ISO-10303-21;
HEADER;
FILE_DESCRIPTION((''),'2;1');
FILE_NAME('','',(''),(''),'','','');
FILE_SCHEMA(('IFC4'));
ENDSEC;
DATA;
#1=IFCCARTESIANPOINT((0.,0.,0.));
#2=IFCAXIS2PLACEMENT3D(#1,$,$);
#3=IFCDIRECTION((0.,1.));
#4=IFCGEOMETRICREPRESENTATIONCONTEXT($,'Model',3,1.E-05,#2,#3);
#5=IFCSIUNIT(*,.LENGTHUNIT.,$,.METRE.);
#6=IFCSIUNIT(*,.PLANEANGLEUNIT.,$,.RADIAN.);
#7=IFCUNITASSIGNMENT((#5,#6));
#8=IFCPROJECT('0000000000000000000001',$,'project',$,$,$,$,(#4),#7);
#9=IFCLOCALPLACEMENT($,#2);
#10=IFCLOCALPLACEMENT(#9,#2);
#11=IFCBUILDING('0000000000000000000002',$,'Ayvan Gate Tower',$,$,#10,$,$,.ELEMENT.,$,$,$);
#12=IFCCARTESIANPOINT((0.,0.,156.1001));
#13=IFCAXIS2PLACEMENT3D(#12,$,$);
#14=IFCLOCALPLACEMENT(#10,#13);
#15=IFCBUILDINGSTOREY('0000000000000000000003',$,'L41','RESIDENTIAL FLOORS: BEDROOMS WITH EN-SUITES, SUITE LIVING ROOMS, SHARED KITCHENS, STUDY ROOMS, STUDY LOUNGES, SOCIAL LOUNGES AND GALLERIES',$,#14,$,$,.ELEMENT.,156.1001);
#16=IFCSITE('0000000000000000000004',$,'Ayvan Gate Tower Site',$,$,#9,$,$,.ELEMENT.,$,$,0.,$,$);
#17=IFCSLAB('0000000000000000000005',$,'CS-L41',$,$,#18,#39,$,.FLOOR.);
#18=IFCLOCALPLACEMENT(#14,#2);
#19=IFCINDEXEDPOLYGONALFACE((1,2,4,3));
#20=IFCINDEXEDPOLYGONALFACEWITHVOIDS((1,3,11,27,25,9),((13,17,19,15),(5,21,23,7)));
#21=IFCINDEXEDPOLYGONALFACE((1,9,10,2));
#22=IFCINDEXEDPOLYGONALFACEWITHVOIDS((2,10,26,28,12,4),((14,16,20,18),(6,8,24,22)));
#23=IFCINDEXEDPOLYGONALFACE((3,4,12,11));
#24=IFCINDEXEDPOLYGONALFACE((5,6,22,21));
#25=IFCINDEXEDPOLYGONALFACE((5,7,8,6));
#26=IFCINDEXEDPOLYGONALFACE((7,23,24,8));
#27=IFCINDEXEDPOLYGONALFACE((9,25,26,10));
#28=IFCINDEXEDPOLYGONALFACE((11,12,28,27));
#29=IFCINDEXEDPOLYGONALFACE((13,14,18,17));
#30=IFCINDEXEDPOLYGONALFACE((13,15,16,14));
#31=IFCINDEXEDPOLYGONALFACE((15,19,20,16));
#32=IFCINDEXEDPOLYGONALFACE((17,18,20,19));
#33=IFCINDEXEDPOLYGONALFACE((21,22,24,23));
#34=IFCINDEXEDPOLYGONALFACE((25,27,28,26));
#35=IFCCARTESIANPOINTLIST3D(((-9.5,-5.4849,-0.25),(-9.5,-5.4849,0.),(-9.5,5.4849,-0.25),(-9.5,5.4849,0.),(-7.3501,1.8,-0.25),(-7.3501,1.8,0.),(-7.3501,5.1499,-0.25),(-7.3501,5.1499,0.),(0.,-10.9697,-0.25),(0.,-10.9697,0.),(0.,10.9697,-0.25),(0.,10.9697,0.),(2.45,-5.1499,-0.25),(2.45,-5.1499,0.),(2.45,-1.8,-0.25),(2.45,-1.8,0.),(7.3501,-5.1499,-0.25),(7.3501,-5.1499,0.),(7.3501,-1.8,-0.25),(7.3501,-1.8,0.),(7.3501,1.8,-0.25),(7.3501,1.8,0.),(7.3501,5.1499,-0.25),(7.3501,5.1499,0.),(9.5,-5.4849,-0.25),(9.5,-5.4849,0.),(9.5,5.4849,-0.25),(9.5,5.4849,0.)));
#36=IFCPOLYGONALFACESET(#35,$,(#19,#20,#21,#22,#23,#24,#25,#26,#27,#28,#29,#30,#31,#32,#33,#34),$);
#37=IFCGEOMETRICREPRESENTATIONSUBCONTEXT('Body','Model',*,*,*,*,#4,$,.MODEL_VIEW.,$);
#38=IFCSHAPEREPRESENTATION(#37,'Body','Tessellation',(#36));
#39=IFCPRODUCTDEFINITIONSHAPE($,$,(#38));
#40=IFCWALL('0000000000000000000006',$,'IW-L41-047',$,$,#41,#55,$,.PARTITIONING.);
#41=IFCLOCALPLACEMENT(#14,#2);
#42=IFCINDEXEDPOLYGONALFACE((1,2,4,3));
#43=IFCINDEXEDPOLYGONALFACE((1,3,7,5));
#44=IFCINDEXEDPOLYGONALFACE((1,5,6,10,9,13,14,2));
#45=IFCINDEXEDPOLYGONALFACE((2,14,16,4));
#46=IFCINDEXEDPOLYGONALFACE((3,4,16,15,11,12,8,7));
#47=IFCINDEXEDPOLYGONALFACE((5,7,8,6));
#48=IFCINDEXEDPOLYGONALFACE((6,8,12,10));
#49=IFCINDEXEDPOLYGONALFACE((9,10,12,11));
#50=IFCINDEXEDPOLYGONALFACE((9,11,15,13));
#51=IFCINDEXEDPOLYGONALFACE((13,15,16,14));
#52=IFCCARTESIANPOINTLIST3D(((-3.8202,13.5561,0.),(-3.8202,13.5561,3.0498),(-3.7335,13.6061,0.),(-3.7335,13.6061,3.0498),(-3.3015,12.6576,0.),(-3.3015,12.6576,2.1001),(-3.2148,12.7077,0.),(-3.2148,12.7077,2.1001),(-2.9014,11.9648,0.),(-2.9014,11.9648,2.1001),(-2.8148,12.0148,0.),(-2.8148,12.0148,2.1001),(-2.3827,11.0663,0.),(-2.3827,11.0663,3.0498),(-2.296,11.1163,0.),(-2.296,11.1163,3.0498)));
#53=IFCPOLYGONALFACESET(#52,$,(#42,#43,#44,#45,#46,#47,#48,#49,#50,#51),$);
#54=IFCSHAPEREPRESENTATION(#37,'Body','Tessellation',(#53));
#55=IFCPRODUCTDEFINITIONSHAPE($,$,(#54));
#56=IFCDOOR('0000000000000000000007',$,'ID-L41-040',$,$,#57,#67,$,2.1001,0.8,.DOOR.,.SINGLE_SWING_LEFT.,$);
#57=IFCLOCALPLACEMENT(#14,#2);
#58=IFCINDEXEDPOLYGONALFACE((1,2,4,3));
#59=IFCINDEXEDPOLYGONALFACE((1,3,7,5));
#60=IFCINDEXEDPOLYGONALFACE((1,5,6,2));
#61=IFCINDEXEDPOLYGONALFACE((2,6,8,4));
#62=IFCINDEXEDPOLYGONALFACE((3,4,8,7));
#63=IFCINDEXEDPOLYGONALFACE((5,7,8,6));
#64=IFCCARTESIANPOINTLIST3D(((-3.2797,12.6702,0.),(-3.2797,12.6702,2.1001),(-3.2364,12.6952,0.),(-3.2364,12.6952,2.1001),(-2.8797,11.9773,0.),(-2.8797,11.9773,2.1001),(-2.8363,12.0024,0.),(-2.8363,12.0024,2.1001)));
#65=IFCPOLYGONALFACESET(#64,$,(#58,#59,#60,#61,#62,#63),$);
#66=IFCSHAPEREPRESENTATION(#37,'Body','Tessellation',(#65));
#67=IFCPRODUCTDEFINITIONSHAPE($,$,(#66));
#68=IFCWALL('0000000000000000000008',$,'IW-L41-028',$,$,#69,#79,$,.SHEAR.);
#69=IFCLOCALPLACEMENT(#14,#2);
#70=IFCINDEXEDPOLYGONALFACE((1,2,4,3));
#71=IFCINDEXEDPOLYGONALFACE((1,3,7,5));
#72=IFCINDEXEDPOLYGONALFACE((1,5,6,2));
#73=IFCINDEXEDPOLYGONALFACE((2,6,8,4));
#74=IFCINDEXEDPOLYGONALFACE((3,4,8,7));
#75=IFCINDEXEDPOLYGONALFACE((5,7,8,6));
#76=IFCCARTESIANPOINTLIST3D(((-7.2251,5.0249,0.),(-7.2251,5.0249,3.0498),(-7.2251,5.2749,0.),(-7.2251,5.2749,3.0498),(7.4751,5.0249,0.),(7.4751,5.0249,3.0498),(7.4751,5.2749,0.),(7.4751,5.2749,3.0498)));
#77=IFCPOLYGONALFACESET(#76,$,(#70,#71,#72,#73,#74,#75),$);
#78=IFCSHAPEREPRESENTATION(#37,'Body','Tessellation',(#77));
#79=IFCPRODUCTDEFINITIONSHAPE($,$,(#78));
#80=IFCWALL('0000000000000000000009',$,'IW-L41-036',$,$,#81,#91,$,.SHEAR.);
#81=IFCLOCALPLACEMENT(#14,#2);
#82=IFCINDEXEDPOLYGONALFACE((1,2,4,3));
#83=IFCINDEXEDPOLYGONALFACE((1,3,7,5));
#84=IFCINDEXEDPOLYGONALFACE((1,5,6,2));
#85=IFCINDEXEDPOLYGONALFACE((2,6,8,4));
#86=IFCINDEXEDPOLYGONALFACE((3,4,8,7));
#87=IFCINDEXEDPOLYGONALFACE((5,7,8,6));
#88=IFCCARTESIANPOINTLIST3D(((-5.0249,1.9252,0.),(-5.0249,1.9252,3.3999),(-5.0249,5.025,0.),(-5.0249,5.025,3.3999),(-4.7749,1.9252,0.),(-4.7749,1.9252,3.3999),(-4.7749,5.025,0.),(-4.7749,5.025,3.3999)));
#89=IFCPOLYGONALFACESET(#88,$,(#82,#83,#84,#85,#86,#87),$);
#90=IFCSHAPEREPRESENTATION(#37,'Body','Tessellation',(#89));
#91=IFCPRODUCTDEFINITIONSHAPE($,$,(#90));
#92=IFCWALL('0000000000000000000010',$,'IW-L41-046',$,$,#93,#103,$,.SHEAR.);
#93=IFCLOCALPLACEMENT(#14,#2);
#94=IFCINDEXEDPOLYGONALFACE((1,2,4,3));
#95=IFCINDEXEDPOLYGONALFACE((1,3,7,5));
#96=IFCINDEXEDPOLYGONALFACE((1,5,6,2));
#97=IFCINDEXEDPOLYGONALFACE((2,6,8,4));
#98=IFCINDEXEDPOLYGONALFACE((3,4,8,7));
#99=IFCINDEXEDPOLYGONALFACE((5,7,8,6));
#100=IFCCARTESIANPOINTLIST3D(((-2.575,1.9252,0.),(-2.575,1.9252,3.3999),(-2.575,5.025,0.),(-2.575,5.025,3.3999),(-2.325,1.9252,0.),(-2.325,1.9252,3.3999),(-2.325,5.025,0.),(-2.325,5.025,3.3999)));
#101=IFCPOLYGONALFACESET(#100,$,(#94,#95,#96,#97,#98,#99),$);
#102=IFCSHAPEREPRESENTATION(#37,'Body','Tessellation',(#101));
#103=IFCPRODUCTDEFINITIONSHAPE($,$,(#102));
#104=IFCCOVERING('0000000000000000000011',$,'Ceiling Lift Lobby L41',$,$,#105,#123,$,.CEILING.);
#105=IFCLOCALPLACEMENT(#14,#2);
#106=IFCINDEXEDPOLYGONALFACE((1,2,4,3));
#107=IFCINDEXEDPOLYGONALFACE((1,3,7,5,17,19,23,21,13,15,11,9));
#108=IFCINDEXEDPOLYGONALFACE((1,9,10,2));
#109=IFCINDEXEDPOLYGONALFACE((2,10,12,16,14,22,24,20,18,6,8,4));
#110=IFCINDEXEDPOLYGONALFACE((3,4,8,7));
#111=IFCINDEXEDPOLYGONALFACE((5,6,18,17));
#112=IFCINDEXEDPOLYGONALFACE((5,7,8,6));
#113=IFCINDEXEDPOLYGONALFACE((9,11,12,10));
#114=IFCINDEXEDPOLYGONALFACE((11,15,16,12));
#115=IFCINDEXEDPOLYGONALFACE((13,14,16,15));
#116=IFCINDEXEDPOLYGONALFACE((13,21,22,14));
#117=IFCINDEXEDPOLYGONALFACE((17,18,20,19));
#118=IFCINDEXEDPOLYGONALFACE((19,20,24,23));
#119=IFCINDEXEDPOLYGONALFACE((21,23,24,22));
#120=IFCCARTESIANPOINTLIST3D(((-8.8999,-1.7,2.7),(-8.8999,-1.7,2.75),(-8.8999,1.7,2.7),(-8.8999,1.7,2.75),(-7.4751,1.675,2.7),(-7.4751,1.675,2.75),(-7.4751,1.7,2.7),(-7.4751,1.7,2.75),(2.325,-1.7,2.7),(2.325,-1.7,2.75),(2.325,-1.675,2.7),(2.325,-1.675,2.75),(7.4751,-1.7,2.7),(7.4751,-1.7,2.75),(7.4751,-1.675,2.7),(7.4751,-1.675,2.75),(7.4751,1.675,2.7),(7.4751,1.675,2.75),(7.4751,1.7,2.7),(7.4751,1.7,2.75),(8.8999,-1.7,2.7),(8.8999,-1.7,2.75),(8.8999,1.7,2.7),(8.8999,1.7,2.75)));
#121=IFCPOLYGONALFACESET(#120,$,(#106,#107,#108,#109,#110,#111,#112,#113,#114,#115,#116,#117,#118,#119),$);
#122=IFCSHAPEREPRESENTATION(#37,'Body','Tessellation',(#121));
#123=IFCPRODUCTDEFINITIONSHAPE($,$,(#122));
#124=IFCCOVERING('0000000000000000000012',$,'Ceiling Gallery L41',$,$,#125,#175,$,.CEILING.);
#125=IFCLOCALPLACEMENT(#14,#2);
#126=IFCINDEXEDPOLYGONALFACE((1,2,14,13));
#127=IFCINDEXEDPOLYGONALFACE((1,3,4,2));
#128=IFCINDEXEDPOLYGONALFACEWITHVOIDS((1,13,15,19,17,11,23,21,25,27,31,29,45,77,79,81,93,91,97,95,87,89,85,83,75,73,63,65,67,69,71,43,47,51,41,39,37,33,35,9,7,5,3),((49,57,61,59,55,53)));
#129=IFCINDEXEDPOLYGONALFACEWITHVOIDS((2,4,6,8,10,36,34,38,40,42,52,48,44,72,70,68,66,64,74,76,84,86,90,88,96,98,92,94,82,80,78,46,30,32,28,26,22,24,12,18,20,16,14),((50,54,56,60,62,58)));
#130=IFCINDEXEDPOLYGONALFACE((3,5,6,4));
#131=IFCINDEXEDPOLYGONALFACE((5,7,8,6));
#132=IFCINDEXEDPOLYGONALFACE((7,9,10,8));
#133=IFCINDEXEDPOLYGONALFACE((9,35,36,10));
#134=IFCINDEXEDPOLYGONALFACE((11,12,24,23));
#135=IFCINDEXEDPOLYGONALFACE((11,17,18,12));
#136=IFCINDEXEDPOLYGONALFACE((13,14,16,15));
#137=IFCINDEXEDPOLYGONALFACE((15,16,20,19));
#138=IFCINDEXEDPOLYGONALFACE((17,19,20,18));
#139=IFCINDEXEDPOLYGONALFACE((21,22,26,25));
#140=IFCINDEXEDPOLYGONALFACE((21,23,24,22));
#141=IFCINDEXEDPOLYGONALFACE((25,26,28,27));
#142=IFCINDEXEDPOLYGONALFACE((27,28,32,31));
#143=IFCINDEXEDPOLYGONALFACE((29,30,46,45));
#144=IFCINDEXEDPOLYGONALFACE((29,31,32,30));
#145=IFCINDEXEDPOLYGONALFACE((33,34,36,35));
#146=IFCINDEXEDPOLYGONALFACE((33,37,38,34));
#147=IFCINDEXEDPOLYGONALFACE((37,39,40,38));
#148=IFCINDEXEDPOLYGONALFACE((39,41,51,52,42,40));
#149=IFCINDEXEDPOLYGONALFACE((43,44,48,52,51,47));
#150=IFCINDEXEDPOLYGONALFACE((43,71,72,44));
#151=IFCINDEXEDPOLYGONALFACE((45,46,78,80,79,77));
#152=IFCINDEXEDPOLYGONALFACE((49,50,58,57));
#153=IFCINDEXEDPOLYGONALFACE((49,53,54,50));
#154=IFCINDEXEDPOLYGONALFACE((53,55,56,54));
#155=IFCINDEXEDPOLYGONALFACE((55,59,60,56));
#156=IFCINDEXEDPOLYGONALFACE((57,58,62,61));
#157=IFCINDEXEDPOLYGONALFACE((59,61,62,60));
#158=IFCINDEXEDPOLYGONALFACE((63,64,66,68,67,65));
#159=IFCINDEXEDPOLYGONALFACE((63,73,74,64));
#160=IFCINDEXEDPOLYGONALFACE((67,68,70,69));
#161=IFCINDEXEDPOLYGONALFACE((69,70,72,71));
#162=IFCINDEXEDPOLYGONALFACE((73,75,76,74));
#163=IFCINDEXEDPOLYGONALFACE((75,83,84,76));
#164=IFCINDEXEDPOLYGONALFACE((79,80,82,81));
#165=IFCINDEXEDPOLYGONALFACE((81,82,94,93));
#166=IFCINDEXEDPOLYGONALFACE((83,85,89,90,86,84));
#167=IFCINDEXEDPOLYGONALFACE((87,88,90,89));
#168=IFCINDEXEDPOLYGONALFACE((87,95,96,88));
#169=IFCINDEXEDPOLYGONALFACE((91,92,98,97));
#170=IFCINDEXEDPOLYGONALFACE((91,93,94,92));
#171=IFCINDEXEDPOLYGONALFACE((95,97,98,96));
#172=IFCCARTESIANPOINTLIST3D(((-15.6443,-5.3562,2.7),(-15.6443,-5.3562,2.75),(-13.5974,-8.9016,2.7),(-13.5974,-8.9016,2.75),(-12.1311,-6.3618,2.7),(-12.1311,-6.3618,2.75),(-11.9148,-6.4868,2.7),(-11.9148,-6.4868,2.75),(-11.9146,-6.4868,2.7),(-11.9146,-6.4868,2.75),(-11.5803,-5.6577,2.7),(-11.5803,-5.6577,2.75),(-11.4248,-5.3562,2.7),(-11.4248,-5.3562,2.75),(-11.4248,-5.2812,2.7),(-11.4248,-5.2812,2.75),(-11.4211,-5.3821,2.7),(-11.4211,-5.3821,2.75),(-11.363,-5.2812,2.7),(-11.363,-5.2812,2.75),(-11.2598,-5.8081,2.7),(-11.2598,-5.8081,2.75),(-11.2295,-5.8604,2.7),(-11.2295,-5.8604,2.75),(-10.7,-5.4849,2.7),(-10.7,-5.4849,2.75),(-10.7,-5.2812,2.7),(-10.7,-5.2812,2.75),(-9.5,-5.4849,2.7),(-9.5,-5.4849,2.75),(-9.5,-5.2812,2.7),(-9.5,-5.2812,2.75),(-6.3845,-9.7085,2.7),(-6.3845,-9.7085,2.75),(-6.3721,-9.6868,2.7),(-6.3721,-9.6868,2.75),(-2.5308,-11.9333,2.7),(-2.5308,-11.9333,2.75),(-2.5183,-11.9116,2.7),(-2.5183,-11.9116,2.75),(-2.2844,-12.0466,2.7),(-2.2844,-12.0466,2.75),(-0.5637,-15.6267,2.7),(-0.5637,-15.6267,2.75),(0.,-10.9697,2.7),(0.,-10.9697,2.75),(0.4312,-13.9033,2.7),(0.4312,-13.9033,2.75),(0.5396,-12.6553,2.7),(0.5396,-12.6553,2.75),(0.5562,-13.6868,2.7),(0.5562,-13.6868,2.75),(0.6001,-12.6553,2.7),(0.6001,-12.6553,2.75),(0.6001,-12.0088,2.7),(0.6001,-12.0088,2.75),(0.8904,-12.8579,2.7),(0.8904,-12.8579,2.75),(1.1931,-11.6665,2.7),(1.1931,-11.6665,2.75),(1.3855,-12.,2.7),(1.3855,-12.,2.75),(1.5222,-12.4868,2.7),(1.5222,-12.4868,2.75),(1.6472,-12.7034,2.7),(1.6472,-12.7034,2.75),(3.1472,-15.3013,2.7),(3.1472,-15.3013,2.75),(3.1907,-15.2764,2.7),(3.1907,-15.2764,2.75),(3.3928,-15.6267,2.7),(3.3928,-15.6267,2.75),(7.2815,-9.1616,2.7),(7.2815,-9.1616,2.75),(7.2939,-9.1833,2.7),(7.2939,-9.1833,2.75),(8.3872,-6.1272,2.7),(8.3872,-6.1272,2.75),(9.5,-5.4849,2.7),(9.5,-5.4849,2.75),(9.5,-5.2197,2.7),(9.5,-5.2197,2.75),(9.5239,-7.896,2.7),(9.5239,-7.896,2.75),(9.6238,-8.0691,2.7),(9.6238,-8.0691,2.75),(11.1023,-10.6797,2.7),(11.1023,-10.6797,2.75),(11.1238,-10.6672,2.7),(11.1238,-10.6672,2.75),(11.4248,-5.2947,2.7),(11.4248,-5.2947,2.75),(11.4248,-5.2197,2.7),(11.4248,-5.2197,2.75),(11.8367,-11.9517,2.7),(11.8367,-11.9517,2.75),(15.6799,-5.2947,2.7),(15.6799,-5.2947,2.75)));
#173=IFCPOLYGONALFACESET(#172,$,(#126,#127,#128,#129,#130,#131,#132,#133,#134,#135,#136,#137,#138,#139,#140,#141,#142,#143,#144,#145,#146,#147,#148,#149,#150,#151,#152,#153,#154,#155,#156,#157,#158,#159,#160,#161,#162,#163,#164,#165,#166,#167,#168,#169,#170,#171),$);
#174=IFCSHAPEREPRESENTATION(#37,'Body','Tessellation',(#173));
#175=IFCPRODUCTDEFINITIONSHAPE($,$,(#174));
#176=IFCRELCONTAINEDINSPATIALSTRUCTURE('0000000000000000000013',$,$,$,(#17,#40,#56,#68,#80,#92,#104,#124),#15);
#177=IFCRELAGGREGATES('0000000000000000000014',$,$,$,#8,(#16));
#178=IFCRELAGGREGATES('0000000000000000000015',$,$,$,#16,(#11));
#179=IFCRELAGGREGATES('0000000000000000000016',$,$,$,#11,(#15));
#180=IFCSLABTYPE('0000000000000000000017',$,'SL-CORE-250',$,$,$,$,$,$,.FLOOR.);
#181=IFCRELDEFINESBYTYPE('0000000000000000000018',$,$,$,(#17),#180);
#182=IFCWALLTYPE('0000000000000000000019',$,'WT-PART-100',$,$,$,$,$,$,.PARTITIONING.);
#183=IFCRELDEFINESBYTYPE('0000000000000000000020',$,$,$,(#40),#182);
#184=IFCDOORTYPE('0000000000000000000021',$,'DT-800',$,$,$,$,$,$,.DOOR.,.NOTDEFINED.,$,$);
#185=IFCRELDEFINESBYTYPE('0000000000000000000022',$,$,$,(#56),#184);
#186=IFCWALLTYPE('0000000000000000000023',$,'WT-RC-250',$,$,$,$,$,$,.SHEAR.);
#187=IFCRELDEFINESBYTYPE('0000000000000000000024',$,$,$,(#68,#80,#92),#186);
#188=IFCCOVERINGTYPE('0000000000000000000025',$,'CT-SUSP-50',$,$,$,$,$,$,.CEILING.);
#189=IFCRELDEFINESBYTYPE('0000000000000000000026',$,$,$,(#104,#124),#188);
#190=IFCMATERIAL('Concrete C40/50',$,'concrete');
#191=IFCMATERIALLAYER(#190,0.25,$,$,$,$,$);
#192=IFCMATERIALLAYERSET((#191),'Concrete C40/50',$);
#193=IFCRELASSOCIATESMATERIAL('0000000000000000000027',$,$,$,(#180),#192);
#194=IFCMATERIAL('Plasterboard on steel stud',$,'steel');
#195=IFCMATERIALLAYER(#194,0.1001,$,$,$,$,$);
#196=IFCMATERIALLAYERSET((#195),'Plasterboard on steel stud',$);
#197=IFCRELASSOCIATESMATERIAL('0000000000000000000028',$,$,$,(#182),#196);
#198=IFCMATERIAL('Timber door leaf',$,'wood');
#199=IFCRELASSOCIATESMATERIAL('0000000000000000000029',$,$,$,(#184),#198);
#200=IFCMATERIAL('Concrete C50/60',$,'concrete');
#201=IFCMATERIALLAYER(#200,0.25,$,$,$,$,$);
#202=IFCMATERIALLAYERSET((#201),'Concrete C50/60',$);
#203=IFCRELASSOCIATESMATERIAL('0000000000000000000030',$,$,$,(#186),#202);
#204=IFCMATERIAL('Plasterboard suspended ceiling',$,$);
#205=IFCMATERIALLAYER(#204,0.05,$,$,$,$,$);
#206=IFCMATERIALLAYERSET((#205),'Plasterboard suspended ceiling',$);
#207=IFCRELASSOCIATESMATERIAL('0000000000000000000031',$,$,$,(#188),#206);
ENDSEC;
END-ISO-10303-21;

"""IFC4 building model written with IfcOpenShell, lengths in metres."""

from ifc_helpers import new_model, si_unit, direction, frame, frame_2d, origin, place, context, subcontext, project, spatial, polyline, rectangle, outline, extrude, material, layer, layer_set, type_object, element, fill, save


model = new_model("IFC4")

# Units and contexts
model_context = context("Model", 3, precision=1e-05, world=origin(), true_north=direction((0.0, 1.0)))
body_context = subcontext(model_context, "Body", "Model", "MODEL_VIEW")
ifc_project = project(units=[si_unit("LENGTHUNIT", "METRE"), si_unit("PLANEANGLEUNIT", "RADIAN")], contexts=[model_context])

# Site, building, storey
site_placement = place(None, origin())
site = spatial("IfcSite", under=ifc_project, at=site_placement, Name="Ayvan Gate Tower Site", CompositionType="ELEMENT", RefElevation=0.0)
building_placement = place(site_placement, origin())
building = spatial("IfcBuilding", under=site, at=building_placement, Name="Ayvan Gate Tower", CompositionType="ELEMENT")
storey_placement = place(building_placement, frame((0.0, 0.0, 156.1001)))
storey = spatial("IfcBuildingStorey", under=building, at=storey_placement, Name="L41", Description="RESIDENTIAL FLOORS: BEDROOMS WITH EN-SUITES, SUITE LIVING ROOMS, SHARED KITCHENS, STUDY ROOMS, STUDY LOUNGES, SOCIAL LOUNGES AND GALLERIES", CompositionType="ELEMENT", Elevation=156.1001)

# Slab
ifc_material_1 = material(Name="Concrete C40/50", Category="concrete")
ifc_layer_1 = layer(ifc_material_1, 0.25)
ifc_layer_set_1 = layer_set([ifc_layer_1], Name="Concrete C40/50")
slab_type = type_object("IfcSlabType", Name="SL-CORE-250", PredefinedType="FLOOR", material=ifc_layer_set_1)
slab_placement = place(storey_placement, frame((0.0, 0.0, -0.25)))
element("IfcSlab", 1, at=slab_placement, inside=storey, type_object=slab_type, Name="CS-L41", PredefinedType="FLOOR", context=body_context, shape_type="SweptSolid", body=[
    extrude(outline(polyline([(9.5, -5.4849), (0.0, -10.9697), (-9.5, -5.4849), (-9.5, 5.4849), (0.0, 10.9697), (9.5, 5.4849), (9.5, -5.4849)]), holes=[polyline([(-7.3501, 5.1499), (-7.3501, 1.8), (7.3501, 1.8), (7.3501, 5.1499), (-7.3501, 5.1499)]), polyline([(2.45, -1.8), (2.45, -5.1499), (7.3501, -5.1499), (7.3501, -1.8), (2.45, -1.8)])]), origin(), (0.0, 0.0, 1.0), 0.25),
])

# Wall, opening, door
ifc_material_2 = material(Name="Plasterboard on steel stud", Category="steel")
ifc_layer_2 = layer(ifc_material_2, 0.1001)
ifc_layer_set_2 = layer_set([ifc_layer_2], Name="Plasterboard on steel stud")
wall_type_1 = type_object("IfcWallType", Name="WT-PART-100", PredefinedType="PARTITIONING", material=ifc_layer_set_2)
wall_1_placement = place(storey_placement, frame((-2.3394, 11.0913, 0.0), z_axis=(0.0, 0.0, 1.0), x_axis=(-0.500012, 0.866019, 0.0)))
wall_1 = element("IfcWall", 2, at=wall_1_placement, inside=storey, type_object=wall_type_1, Name="IW-L41-047", PredefinedType="PARTITIONING", context=body_context, shape_type="SweptSolid", body=[
    extrude(rectangle(XDim=2.875, YDim=0.1001, at=frame_2d((1.4375, 0.0))), origin(), (0.0, 0.0, 1.0), 3.0498),
])
opening_placement = place(wall_1_placement, frame((1.0376, 0.0, 0.0)))
opening = element("IfcOpeningElement", 3, at=opening_placement, cuts=wall_1, PredefinedType="OPENING", context=body_context, shape_type="SweptSolid", body=[
    extrude(rectangle(XDim=0.8, YDim=2.1001, at=frame_2d((0.3999, 1.05))), frame((0.0, 0.0601, 0.0), z_axis=(0.0, -1.0, 0.0), x_axis=(1.0, 0.0, 0.0)), (0.0, 0.0, 1.0), 0.1201),
])
ifc_material_3 = material(Name="Timber door leaf", Category="wood")
door_type = type_object("IfcDoorType", Name="DT-800", OperationType="NOTDEFINED", PredefinedType="DOOR", material=ifc_material_3)
door_placement = place(opening_placement, origin())
door = element("IfcDoor", 4, at=door_placement, inside=storey, type_object=door_type, Name="ID-L41-040", OperationType="SINGLE_SWING_LEFT", OverallHeight=2.1001, OverallWidth=0.8, PredefinedType="DOOR", context=body_context, shape_type="SweptSolid", body=[
    extrude(rectangle(XDim=0.8, YDim=2.1001, at=frame_2d((0.3999, 1.05))), frame((0.0, 0.0249, 0.0), z_axis=(0.0, -1.0, 0.0), x_axis=(1.0, 0.0, 0.0)), (0.0, 0.0, 1.0), 0.05),
])
fill(opening, door)

# Walls
ifc_material_4 = material(Name="Concrete C50/60", Category="concrete")
ifc_layer_3 = layer(ifc_material_4, 0.25)
ifc_layer_set_3 = layer_set([ifc_layer_3], Name="Concrete C50/60")
wall_type_2 = type_object("IfcWallType", Name="WT-RC-250", PredefinedType="SHEAR", material=ifc_layer_set_3)
wall_2_placement = place(storey_placement, frame((-7.2251, 5.1499, 0.0), z_axis=(0.0, 0.0, 1.0), x_axis=(1.0, 0.0, 0.0)))
element("IfcWall", 5, at=wall_2_placement, inside=storey, type_object=wall_type_2, Name="IW-L41-028", PredefinedType="SHEAR", context=body_context, shape_type="SweptSolid", body=[
    extrude(rectangle(XDim=14.7002, YDim=0.25, at=frame_2d((7.3501, 0.0))), origin(), (0.0, 0.0, 1.0), 3.0498),
])
for number, where, z_axis, x_axis, name in (
    (6, (-4.8999, 5.0249, 0.0), (0.0, 0.0, 1.0), (0.0, -1.0, 0.0), "IW-L41-036"),
    (7, (-2.45, 5.0249, 0.0), (0.0, 0.0, 1.0), (0.0, -1.0, 0.0), "IW-L41-046"),
):
    element("IfcWall", number, at=place(storey_placement, frame(where, z_axis=z_axis, x_axis=x_axis)), inside=storey, type_object=wall_type_2, Name=name, PredefinedType="SHEAR", context=body_context, shape_type="SweptSolid", body=[
        extrude(rectangle(XDim=3.0999, YDim=0.25, at=frame_2d((1.5498, 0.0))), origin(), (0.0, 0.0, 1.0), 3.3999),
    ])

# Coverings
ifc_material_5 = material(Name="Plasterboard suspended ceiling")
ifc_layer_4 = layer(ifc_material_5, 0.05)
ifc_layer_set_4 = layer_set([ifc_layer_4], Name="Plasterboard suspended ceiling")
covering_type = type_object("IfcCoveringType", Name="CT-SUSP-50", PredefinedType="CEILING", material=ifc_layer_set_4)
covering_1_placement = place(storey_placement, frame((0.0, 0.0, 2.7)))
element("IfcCovering", 8, at=covering_1_placement, inside=storey, type_object=covering_type, Name="Ceiling Lift Lobby L41", PredefinedType="CEILING", context=body_context, shape_type="SweptSolid", body=[
    extrude(outline(polyline([(7.4751, -1.675), (2.325, -1.675), (2.325, -1.7), (-8.8999, -1.7), (-8.8999, 1.7), (-7.4751, 1.7), (-7.4751, 1.675), (7.4751, 1.675), (7.4751, 1.7), (8.8999, 1.7), (8.8999, -1.7), (7.4751, -1.7), (7.4751, -1.675)])), origin(), (0.0, 0.0, 1.0), 0.05),
])
covering_2_placement = place(storey_placement, frame((0.0, 0.0, 2.7)))
element("IfcCovering", 9, at=covering_2_placement, inside=storey, type_object=covering_type, Name="Ceiling Gallery L41", PredefinedType="CEILING", context=body_context, shape_type="SweptSolid", body=[
    extrude(outline(polyline([(-11.9148, -6.4868), (-12.1311, -6.3618), (-13.5974, -8.9016), (-15.6443, -5.3562), (-11.4248, -5.3562), (-11.4248, -5.2812), (-11.363, -5.2812), (-11.4211, -5.3821), (-11.5803, -5.6577), (-11.2295, -5.8604), (-11.2598, -5.8081), (-10.7, -5.4849), (-10.7, -5.2812), (-9.5, -5.2812), (-9.5, -5.4849), (0.0, -10.9697), (8.3872, -6.1272), (9.5, -5.4849), (9.5, -5.2197), (11.4248, -5.2197), (11.4248, -5.2947), (15.6799, -5.2947), (11.8367, -11.9517), (11.1023, -10.6797), (11.1238, -10.6672), (9.6238, -8.0691), (9.5239, -7.896), (7.2939, -9.1833), (7.2815, -9.1616), (1.5222, -12.4868), (1.6472, -12.7034), (3.1472, -15.3013), (3.1907, -15.2764), (3.3928, -15.6267), (-0.5637, -15.6267), (0.4312, -13.9033), (0.5562, -13.6868), (-2.2844, -12.0466), (-2.5183, -11.9116), (-2.5308, -11.9333), (-6.3845, -9.7085), (-6.3721, -9.6868), (-11.9146, -6.4868), (-11.9148, -6.4868)]), holes=[polyline([(1.3855, -12.0), (1.1931, -11.6665), (0.6001, -12.0088), (0.6001, -12.6553), (0.5396, -12.6553), (0.8904, -12.8579), (1.3855, -12.0)])]), origin(), (0.0, 0.0, 1.0), 0.05),
])

save(model, "model.ifc")
